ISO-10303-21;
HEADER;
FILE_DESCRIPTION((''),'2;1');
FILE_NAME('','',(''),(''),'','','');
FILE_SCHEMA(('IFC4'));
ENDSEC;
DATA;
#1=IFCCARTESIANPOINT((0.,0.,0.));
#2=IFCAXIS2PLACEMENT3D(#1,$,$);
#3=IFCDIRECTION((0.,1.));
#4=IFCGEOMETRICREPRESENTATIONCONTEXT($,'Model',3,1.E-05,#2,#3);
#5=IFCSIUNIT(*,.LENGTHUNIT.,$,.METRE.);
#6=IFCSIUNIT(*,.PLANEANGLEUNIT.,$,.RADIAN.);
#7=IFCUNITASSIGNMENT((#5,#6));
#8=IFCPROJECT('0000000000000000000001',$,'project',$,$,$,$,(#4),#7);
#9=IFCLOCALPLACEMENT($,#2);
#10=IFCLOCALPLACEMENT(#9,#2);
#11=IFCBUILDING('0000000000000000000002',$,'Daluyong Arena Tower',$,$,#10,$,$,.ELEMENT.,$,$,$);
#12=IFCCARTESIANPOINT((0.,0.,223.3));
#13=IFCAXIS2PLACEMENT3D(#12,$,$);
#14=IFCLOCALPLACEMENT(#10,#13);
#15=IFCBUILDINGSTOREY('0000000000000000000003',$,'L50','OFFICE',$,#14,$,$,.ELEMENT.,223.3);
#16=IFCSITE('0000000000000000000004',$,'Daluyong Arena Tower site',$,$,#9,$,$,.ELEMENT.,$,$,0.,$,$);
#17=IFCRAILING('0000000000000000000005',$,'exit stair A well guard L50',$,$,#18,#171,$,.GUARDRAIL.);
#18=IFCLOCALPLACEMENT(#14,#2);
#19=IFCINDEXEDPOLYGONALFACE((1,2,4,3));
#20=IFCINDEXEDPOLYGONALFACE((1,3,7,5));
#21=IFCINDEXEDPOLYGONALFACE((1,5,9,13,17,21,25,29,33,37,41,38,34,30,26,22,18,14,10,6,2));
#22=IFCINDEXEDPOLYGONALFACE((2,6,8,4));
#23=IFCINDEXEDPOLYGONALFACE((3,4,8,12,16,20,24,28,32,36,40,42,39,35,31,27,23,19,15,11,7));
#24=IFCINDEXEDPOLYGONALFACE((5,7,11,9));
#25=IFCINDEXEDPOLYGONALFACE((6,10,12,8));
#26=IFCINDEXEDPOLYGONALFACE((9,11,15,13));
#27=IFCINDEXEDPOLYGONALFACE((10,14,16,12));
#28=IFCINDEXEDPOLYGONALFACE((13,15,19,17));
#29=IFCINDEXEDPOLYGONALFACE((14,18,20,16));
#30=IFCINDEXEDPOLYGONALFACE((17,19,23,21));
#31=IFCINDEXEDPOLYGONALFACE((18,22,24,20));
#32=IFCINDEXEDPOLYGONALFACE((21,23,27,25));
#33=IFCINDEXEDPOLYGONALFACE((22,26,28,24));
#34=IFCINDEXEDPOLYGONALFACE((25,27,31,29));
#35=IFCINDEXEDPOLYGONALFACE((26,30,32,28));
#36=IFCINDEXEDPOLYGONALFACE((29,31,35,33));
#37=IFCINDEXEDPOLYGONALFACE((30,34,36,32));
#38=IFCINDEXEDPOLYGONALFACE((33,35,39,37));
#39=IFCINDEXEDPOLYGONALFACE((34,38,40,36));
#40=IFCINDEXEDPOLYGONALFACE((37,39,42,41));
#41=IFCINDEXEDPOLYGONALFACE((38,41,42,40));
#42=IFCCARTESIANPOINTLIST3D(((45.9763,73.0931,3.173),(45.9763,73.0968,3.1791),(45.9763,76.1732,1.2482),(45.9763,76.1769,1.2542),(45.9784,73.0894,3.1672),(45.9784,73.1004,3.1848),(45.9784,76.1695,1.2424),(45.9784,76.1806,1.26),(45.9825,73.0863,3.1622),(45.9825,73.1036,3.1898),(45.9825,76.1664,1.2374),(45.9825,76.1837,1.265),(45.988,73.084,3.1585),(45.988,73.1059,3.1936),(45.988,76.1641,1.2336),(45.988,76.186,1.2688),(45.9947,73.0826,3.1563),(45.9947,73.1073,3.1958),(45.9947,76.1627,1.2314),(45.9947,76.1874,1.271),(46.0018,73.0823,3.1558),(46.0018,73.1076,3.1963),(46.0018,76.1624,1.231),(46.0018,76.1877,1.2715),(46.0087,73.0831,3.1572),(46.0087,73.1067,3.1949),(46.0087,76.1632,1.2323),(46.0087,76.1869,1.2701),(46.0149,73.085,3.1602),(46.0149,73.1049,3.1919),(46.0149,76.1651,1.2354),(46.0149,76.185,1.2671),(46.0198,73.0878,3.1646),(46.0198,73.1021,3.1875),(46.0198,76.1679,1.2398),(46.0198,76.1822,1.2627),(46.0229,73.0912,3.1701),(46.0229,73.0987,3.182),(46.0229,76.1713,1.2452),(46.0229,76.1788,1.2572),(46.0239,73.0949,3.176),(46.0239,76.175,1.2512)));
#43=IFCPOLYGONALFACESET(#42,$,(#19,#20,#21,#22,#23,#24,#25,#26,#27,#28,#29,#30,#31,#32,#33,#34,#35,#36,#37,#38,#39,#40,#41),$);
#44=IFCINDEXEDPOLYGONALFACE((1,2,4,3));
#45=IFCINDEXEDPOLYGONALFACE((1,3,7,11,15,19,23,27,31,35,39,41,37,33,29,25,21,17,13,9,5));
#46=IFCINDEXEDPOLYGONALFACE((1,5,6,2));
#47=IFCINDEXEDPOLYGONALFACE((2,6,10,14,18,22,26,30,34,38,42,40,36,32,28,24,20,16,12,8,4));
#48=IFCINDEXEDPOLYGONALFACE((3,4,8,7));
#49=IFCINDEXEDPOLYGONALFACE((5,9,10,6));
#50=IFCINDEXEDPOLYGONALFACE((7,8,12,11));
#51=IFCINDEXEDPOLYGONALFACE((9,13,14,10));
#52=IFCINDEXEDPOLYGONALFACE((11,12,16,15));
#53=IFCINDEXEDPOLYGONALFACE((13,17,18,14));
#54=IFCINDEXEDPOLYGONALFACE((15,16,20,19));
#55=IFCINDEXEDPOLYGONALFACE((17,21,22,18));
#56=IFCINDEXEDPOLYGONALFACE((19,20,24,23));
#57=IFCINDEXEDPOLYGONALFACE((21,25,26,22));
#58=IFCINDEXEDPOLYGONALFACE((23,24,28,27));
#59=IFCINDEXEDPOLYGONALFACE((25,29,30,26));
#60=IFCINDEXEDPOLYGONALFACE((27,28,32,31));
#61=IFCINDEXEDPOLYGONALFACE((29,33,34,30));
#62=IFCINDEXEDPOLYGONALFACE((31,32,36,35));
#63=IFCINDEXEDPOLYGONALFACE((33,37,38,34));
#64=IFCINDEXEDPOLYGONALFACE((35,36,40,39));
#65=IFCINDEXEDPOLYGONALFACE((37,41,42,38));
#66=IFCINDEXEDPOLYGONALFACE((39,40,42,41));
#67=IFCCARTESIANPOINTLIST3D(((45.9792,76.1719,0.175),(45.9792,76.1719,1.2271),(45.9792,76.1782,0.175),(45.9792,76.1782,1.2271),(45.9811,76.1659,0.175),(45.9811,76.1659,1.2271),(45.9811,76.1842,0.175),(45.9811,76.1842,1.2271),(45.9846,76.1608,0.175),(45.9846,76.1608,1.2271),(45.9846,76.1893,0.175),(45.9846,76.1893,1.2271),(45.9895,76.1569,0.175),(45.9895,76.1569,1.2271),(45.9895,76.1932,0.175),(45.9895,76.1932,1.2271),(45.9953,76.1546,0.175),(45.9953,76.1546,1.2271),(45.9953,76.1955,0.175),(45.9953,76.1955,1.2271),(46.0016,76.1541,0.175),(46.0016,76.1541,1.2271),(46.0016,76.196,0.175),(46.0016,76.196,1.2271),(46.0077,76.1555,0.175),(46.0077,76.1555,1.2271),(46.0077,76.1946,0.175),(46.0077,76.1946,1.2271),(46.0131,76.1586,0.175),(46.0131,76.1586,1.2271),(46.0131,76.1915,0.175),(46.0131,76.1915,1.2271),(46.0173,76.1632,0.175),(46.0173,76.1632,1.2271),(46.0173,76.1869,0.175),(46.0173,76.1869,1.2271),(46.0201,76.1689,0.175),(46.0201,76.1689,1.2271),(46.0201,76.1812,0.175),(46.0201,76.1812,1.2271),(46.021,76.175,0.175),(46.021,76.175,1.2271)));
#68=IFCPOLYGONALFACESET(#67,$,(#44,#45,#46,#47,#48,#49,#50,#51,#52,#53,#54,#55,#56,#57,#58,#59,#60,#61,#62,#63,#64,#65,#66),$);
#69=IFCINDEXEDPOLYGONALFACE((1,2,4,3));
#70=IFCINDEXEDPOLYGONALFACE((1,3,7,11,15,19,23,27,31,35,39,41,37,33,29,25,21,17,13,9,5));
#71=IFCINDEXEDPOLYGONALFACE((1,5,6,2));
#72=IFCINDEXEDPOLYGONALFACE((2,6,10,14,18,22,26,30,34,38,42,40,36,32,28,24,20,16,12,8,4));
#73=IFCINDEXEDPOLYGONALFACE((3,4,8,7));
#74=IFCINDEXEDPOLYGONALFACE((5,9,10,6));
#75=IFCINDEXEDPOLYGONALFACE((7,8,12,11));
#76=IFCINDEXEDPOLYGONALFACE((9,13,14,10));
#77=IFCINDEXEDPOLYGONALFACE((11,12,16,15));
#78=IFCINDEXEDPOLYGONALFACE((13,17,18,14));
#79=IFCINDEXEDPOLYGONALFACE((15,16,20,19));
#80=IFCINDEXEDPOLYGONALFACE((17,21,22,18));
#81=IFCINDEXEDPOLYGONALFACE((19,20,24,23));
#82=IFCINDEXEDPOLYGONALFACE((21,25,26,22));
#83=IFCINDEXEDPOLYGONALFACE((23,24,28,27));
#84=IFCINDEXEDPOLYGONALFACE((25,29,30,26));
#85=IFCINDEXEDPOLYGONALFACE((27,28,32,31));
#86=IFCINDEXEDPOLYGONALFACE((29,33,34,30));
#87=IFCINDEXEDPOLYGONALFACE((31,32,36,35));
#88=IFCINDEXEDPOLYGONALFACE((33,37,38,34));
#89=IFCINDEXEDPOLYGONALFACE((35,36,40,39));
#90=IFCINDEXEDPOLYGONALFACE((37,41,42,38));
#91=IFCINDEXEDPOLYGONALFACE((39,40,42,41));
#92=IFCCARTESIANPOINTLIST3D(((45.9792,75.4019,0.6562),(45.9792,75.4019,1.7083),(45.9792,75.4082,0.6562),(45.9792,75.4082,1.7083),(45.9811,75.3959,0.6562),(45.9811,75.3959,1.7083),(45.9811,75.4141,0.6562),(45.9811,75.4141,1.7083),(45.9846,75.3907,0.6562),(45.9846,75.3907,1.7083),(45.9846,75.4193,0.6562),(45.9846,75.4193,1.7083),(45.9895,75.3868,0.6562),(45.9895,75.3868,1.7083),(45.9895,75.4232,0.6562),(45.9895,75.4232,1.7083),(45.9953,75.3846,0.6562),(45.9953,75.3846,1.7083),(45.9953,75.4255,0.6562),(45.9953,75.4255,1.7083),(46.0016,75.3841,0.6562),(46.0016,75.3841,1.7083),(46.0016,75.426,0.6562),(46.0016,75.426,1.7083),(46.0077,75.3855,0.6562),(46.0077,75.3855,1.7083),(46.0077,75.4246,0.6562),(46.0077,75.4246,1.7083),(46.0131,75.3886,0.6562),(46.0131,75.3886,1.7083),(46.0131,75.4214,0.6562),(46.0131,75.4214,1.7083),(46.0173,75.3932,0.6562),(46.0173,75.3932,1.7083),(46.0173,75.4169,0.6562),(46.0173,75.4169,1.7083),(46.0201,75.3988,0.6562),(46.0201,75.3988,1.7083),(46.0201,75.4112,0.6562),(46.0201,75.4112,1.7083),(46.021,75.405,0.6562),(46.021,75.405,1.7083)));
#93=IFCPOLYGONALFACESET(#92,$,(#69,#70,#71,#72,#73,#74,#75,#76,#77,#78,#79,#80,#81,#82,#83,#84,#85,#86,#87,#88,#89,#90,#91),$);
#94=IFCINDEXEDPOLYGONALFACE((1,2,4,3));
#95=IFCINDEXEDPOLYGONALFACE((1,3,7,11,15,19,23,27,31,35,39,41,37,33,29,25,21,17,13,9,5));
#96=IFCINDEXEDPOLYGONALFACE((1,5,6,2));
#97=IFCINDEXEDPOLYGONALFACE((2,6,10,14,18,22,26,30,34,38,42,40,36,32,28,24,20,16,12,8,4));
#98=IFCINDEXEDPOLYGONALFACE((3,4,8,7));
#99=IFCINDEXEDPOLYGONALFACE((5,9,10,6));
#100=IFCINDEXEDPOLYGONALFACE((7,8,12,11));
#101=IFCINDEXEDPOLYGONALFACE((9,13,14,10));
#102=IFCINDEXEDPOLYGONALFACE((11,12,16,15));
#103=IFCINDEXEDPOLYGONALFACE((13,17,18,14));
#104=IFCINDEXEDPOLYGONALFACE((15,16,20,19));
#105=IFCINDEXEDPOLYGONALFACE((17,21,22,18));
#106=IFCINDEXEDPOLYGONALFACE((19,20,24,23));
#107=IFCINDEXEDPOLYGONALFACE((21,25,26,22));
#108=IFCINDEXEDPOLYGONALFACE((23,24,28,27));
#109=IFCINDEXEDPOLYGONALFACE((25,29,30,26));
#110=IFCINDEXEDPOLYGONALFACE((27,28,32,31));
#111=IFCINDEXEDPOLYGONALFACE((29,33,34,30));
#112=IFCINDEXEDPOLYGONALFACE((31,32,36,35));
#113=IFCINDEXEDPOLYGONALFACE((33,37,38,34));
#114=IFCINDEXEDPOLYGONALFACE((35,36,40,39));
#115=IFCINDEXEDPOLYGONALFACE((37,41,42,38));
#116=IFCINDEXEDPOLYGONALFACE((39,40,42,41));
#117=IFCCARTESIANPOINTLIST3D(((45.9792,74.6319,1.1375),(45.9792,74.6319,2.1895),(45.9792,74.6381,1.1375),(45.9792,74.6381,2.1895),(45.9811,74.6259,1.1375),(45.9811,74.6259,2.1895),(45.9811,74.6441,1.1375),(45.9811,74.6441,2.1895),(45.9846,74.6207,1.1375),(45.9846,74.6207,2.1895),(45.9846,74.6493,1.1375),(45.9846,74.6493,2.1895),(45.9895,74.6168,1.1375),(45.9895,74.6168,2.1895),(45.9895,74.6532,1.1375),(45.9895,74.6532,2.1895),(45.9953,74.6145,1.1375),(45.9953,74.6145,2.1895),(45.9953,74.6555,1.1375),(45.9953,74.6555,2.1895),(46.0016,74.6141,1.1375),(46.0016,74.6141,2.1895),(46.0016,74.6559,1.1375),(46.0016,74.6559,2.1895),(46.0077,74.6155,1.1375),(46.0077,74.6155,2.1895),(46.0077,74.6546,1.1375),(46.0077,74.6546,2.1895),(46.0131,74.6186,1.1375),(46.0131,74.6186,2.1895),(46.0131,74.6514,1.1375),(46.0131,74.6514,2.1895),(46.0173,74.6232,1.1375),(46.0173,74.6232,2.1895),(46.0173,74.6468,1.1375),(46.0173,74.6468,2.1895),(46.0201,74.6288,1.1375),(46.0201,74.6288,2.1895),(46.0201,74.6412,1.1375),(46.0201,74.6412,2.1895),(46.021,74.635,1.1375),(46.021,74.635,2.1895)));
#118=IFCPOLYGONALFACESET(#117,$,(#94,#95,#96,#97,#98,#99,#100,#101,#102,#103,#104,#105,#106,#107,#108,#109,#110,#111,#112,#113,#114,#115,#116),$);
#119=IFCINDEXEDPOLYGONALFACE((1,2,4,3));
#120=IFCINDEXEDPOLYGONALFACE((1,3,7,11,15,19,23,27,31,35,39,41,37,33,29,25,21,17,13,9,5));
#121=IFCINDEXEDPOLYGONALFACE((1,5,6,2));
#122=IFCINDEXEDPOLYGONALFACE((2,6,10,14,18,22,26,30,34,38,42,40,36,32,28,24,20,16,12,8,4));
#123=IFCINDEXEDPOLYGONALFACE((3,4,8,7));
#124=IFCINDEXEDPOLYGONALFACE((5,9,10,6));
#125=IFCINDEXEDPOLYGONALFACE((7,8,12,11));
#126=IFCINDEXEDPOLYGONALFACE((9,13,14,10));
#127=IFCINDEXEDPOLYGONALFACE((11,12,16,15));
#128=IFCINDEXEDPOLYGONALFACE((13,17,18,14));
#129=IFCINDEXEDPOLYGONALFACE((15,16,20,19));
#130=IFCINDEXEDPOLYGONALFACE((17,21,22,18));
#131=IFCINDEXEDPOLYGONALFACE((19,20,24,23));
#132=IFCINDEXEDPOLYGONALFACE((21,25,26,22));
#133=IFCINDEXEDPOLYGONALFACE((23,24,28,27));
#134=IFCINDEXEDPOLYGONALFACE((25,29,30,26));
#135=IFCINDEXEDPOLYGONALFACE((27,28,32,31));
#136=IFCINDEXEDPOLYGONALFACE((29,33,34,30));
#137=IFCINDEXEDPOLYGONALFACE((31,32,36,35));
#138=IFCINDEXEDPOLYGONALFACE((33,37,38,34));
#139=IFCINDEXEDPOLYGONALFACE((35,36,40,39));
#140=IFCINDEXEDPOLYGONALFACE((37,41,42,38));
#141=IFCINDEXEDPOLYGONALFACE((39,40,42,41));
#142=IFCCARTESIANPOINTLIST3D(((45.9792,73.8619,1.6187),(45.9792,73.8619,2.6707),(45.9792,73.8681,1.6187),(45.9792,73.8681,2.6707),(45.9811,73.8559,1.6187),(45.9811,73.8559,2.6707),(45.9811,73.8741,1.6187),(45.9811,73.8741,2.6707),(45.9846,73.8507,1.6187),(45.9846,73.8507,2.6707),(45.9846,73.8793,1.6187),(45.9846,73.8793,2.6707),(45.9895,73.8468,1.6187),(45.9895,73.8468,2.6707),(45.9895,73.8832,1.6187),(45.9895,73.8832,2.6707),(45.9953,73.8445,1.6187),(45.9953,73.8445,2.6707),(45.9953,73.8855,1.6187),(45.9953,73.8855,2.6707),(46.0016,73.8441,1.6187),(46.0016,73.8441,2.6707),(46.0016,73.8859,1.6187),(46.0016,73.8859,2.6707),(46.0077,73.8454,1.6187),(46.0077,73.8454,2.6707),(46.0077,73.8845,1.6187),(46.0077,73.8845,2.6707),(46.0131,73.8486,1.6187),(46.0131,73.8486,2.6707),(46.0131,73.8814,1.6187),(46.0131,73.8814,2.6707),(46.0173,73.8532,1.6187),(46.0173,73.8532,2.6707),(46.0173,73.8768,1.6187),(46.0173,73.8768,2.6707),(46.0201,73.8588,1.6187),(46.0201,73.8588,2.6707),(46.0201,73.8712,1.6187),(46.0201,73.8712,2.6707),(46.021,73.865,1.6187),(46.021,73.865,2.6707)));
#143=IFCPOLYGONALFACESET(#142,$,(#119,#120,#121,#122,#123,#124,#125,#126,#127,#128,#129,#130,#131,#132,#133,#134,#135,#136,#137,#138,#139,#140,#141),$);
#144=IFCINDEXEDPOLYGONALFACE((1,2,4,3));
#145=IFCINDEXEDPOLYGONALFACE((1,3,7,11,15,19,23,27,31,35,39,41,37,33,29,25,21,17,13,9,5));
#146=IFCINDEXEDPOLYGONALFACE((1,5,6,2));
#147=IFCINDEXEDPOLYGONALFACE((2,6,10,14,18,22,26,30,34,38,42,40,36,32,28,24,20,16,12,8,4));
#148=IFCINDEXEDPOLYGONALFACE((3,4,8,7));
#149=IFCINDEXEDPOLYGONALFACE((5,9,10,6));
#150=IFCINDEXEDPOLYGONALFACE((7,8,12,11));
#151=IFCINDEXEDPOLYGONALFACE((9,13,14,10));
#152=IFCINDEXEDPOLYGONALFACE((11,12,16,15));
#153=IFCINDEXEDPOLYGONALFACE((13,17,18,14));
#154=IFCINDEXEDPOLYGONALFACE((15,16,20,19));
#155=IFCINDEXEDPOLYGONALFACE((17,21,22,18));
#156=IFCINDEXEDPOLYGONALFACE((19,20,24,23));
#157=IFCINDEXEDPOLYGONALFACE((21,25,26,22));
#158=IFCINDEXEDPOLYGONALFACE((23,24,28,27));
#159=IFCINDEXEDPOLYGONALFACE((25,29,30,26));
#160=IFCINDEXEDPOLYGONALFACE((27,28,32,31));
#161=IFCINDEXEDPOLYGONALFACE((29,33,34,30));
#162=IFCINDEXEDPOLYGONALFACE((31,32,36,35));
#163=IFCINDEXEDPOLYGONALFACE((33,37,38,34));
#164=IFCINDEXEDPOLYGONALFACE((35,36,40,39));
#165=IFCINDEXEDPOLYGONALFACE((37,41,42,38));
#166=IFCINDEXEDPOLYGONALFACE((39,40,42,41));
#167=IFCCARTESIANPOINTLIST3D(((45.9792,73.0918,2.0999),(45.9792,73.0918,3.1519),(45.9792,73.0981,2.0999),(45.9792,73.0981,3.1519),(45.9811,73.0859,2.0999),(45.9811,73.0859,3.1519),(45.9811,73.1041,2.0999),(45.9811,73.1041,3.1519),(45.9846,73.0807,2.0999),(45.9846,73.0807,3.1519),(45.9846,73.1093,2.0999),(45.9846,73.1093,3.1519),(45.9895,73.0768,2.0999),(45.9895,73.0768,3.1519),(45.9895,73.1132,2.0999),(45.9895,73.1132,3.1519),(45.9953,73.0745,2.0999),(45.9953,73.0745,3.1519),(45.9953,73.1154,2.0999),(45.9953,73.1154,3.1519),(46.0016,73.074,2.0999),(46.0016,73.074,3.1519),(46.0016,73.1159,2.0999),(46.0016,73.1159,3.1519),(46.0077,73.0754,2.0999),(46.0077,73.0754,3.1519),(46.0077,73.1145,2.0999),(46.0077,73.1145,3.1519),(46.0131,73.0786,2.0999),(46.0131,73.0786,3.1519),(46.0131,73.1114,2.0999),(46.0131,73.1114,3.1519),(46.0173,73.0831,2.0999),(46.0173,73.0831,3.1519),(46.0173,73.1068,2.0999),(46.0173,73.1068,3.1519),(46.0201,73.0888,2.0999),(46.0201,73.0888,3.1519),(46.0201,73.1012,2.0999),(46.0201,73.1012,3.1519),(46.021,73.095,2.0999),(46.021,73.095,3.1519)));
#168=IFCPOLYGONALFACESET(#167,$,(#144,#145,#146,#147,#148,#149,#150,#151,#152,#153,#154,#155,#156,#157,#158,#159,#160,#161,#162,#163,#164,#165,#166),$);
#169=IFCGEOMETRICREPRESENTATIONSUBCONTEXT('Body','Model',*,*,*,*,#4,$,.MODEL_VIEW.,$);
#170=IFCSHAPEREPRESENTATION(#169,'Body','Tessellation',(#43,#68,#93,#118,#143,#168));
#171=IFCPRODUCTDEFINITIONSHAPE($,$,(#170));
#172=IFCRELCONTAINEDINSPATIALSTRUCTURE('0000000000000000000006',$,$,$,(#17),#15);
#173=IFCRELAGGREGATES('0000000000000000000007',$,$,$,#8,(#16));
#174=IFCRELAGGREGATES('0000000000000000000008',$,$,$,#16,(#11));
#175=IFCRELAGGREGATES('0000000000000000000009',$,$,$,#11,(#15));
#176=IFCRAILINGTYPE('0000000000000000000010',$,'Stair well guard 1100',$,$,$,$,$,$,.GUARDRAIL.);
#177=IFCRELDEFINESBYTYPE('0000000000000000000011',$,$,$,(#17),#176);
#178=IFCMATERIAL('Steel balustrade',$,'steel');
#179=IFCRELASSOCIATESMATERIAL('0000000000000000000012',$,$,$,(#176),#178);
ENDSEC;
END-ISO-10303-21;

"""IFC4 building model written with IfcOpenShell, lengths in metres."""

from ifc_helpers import new_model, si_unit, direction, frame, origin, origin_2d, place, context, subcontext, project, spatial, circle, extrude, material, type_object, element, save


model = new_model("IFC4")

# Units and contexts
model_context = context("Model", 3, precision=1e-05, world=origin(), true_north=direction((0.0, 1.0)))
body_context = subcontext(model_context, "Body", "Model", "MODEL_VIEW")
ifc_project = project(units=[si_unit("LENGTHUNIT", "METRE"), si_unit("PLANEANGLEUNIT", "RADIAN")], contexts=[model_context])

# Site, building, storey
site_placement = place(None, origin())
site = spatial("IfcSite", under=ifc_project, at=site_placement, Name="Daluyong Arena Tower site", CompositionType="ELEMENT", RefElevation=0.0)
building_placement = place(site_placement, origin())
building = spatial("IfcBuilding", under=site, at=building_placement, Name="Daluyong Arena Tower", CompositionType="ELEMENT")
storey_placement = place(building_placement, frame((0.0, 0.0, 223.3)))
storey = spatial("IfcBuildingStorey", under=building, at=storey_placement, Name="L50", Description="OFFICE", CompositionType="ELEMENT", Elevation=223.3)

# Railing
ifc_material_1 = material(Name="Steel balustrade", Category="steel")
railing_type_1 = type_object("IfcRailingType", Name="Stair well guard 1100", PredefinedType="GUARDRAIL", material=ifc_material_1)
railing_1_placement = place(storey_placement, frame((46.0, 76.175, 0.175)))
element("IfcRailing", 1, at=railing_1_placement, inside=storey, type_object=railing_type_1, Name="exit stair A well guard L50", PredefinedType="GUARDRAIL", context=body_context, shape_type="SweptSolid", body=[
    extrude(circle(Radius=0.0239, at=origin_2d()), frame((0.0, 0.0, 1.0762), z_axis=(0.0, -0.848029, 0.529951), x_axis=(1.0, 0.0, 0.0)), (0.0, 0.0, 1.0), 3.6321),
    extrude(circle(Radius=0.021, at=origin_2d()), origin(), (0.0, 0.0, 1.0), 1.052),
    extrude(circle(Radius=0.021, at=origin_2d()), frame((0.0, -0.77, 0.4812)), (0.0, 0.0, 1.0), 1.052),
    extrude(circle(Radius=0.021, at=origin_2d()), frame((0.0, -1.54, 0.9624)), (0.0, 0.0, 1.0), 1.052),
    extrude(circle(Radius=0.021, at=origin_2d()), frame((0.0, -2.3101, 1.4436)), (0.0, 0.0, 1.0), 1.052),
    extrude(circle(Radius=0.021, at=origin_2d()), frame((0.0, -3.0801, 1.9248)), (0.0, 0.0, 1.0), 1.052),
])

save(model, "model.ifc")
